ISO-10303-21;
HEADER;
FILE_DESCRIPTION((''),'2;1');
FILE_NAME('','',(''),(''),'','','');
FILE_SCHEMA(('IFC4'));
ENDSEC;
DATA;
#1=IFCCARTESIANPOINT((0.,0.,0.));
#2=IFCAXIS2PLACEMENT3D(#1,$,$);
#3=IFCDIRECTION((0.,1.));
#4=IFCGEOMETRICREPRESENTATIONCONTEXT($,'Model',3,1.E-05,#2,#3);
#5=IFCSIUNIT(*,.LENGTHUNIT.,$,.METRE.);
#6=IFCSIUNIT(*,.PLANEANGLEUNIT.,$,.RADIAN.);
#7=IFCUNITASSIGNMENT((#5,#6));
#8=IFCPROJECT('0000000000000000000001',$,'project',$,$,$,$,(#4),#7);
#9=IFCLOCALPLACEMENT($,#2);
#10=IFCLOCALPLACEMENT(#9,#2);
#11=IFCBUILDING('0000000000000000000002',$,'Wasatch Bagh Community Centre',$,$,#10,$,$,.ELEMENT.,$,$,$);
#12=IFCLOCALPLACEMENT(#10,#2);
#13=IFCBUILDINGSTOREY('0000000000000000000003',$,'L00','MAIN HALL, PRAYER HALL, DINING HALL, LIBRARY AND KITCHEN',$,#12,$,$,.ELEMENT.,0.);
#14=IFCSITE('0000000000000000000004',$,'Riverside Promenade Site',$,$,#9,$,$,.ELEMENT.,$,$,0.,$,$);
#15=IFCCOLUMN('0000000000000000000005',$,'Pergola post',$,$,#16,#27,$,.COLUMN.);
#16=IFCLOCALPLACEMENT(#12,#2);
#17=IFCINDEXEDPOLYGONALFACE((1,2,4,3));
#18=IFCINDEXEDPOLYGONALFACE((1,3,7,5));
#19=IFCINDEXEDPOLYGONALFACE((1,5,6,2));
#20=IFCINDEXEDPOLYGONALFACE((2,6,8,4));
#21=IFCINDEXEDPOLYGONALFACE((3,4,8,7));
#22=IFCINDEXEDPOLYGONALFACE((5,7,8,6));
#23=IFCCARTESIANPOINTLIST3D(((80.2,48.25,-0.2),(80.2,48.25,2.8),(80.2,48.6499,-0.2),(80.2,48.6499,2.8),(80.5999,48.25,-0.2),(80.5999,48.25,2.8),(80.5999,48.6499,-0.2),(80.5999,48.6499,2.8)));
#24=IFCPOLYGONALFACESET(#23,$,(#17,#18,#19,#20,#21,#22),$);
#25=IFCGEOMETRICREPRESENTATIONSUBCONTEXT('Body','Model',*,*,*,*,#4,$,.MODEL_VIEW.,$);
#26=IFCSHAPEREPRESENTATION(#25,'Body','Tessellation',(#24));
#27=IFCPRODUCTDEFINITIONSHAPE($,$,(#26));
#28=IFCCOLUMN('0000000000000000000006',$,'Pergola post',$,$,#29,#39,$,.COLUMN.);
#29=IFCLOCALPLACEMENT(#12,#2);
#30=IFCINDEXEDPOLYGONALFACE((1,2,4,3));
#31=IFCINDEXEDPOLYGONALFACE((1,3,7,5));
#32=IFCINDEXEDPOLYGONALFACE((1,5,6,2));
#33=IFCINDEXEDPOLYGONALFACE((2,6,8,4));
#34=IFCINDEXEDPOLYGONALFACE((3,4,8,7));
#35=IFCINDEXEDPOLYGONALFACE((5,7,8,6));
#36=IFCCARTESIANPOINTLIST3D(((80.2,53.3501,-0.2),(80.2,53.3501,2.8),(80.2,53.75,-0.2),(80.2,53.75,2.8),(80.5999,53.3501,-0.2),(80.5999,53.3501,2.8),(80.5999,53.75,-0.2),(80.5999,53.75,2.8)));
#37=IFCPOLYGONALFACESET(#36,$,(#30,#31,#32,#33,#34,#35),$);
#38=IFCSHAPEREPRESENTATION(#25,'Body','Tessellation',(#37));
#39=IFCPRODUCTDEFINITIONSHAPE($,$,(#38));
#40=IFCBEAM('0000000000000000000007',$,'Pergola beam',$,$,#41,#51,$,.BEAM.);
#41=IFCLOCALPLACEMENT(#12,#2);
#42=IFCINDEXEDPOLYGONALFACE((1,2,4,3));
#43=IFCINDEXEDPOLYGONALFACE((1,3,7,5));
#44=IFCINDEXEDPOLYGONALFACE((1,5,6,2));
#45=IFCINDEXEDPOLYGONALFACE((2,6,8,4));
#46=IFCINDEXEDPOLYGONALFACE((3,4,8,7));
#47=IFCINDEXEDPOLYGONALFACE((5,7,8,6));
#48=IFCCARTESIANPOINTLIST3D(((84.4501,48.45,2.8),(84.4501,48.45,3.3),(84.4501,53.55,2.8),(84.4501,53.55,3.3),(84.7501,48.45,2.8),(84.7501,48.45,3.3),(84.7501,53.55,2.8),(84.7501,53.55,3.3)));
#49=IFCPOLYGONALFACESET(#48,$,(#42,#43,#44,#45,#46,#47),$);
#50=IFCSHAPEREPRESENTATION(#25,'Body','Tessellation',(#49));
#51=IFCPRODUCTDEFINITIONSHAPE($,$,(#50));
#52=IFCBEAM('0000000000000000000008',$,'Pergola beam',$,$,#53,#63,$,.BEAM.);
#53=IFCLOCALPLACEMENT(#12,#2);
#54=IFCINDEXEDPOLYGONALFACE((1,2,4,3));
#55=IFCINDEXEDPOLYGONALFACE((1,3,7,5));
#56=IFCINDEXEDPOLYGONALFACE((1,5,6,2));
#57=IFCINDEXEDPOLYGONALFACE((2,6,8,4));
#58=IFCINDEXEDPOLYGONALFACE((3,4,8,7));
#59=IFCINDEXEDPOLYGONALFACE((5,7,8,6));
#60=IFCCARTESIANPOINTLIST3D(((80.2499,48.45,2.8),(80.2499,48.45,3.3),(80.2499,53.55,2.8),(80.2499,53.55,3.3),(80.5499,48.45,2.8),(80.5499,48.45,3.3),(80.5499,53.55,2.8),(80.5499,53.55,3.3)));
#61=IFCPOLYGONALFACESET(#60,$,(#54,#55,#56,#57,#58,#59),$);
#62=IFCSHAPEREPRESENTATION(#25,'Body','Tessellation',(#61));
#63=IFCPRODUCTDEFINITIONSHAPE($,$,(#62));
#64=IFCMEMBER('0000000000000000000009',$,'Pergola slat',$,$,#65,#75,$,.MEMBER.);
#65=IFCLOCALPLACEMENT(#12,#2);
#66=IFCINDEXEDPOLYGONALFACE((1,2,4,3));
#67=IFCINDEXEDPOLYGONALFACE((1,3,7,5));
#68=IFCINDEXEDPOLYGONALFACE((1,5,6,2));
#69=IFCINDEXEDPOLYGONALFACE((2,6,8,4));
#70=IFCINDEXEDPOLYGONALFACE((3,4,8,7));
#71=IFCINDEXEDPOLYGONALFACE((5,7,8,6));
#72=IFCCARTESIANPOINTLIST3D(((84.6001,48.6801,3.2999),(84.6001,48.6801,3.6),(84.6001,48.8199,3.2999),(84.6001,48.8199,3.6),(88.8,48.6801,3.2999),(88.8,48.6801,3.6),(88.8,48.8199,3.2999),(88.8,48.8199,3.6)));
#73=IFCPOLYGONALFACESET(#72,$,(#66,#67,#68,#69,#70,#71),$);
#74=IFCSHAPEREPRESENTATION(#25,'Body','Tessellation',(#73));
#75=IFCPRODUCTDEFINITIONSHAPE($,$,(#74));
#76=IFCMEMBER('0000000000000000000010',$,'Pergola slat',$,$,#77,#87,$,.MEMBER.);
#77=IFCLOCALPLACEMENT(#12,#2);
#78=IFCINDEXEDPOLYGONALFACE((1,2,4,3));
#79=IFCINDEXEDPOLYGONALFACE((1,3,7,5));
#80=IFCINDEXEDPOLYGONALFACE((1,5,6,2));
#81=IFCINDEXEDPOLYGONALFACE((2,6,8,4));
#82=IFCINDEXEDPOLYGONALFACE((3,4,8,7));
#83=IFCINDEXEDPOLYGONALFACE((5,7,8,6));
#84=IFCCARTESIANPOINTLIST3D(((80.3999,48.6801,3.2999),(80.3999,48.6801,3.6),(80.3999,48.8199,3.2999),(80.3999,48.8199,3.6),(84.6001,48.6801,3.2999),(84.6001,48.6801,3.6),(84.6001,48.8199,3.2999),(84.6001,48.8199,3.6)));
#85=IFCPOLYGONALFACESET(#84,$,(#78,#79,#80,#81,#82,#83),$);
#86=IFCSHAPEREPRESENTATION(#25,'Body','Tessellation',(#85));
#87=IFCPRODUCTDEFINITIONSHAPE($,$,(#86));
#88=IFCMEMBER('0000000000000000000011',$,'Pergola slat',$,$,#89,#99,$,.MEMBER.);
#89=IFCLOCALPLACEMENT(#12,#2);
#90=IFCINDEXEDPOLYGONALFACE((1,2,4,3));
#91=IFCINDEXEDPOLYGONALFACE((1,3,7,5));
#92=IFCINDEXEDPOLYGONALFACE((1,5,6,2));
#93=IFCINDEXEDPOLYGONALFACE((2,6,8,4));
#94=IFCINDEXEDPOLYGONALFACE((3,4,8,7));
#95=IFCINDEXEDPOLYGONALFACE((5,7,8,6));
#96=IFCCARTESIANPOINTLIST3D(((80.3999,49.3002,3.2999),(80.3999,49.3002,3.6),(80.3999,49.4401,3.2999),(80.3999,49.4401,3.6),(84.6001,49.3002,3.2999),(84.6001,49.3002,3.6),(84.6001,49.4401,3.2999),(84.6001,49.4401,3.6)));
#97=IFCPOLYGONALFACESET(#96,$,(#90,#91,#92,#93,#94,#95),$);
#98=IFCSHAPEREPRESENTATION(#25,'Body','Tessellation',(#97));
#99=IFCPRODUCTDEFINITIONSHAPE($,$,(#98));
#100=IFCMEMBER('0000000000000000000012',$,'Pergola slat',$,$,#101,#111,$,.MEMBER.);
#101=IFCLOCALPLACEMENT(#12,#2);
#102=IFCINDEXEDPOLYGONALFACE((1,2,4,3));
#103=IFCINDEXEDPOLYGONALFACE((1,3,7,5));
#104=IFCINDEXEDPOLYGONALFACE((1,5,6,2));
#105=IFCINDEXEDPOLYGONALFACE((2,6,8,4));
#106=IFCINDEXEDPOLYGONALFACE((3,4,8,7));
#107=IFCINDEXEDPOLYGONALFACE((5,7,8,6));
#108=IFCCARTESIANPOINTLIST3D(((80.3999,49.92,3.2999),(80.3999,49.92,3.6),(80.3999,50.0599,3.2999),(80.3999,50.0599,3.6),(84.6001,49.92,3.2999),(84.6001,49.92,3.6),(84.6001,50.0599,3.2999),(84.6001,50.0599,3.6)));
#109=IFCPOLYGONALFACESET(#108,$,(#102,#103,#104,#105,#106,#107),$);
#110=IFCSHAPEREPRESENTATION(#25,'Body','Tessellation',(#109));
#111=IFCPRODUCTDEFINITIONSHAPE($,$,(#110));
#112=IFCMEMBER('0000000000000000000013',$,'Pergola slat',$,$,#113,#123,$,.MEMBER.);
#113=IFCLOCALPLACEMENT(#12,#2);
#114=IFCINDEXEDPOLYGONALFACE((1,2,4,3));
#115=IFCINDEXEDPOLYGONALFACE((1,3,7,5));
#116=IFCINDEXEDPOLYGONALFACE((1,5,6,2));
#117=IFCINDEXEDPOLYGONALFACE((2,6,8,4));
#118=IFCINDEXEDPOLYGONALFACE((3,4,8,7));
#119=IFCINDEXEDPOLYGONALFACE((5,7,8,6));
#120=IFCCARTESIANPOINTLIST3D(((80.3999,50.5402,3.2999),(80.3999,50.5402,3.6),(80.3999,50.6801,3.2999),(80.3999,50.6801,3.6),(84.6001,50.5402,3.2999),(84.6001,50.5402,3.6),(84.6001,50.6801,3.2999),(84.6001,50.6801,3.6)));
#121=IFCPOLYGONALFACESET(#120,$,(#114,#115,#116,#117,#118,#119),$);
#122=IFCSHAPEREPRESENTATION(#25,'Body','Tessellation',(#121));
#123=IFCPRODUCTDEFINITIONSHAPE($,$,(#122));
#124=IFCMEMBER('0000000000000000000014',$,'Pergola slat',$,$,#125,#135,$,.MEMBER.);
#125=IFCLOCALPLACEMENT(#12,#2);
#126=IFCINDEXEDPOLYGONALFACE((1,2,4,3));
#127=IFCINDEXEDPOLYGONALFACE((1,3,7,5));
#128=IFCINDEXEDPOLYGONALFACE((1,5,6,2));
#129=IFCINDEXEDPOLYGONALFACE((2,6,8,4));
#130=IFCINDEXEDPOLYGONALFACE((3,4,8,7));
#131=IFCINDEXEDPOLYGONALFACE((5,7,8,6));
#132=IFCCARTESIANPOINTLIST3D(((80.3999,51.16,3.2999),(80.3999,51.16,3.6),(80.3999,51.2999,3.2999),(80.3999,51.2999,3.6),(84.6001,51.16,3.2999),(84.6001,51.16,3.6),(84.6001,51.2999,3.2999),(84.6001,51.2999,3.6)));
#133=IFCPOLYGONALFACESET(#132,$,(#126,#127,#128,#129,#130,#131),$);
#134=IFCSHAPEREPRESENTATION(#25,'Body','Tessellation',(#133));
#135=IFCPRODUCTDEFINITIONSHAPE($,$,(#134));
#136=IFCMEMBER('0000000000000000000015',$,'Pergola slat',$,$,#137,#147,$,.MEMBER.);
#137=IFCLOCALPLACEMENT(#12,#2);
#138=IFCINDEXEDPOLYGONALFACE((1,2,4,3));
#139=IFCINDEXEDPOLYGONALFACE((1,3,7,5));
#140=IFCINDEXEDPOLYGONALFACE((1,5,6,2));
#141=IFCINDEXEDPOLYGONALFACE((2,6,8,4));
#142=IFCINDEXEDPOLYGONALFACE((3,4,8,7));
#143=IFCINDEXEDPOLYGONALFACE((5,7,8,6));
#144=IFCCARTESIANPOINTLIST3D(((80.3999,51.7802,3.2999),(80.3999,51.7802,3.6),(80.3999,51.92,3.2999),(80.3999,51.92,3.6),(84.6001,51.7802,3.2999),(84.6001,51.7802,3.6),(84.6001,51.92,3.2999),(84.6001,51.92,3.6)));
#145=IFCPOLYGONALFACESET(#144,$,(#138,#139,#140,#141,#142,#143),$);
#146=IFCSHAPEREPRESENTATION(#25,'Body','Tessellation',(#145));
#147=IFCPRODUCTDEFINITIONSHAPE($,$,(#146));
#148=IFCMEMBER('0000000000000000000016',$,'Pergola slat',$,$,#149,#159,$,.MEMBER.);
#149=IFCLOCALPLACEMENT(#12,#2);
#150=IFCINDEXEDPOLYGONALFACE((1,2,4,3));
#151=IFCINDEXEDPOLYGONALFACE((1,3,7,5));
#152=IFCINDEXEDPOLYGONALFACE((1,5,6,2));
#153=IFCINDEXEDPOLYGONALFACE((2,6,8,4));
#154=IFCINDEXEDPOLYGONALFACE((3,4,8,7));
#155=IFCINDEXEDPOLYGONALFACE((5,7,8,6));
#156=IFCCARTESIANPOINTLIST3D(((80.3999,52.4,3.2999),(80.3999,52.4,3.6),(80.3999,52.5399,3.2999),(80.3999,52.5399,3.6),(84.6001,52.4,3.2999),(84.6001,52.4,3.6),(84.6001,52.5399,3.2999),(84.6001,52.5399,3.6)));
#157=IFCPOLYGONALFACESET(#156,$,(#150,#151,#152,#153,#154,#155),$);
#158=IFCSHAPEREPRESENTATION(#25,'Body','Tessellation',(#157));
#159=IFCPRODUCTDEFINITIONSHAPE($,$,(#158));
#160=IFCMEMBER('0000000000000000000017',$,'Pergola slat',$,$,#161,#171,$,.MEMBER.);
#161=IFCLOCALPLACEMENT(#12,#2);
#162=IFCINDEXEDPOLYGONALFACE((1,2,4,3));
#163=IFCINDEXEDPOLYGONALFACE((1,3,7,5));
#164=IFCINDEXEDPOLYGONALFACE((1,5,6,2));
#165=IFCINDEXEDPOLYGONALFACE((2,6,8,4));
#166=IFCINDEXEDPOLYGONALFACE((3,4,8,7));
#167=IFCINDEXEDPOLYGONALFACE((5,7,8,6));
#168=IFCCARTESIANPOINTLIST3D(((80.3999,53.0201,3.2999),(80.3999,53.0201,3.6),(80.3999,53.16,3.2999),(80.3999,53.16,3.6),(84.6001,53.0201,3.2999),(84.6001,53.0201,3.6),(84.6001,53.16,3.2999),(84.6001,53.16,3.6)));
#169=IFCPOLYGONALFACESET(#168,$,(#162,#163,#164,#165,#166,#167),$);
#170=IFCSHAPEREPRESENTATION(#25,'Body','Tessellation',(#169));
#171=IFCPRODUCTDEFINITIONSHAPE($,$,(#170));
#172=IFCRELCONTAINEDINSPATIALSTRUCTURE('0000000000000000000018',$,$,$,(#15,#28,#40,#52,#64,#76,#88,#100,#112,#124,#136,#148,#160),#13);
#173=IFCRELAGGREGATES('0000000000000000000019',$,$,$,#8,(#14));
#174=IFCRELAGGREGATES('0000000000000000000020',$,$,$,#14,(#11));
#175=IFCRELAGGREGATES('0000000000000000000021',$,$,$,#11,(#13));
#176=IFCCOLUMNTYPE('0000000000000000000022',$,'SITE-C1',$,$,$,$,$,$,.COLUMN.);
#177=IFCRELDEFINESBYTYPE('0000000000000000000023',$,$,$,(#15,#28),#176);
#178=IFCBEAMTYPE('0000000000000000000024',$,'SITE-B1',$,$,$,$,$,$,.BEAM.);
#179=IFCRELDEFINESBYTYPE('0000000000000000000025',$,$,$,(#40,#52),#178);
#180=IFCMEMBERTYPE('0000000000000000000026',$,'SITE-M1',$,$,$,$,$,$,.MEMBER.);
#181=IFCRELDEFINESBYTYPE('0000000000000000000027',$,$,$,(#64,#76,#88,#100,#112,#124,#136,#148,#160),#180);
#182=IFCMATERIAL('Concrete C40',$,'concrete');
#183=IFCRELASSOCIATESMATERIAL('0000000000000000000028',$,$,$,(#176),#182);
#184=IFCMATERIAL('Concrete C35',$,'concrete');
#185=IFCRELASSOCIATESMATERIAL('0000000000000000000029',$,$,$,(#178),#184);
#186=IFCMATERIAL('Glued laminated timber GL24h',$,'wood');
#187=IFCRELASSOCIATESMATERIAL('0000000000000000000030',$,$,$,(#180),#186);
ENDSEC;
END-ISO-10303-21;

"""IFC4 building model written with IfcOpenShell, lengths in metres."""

from ifc_helpers import new_model, si_unit, direction, frame, origin, origin_2d, place, context, subcontext, project, spatial, rectangle, extrude, material, material_profile, profile_set, type_object, element, save


model = new_model("IFC4")

# Units and contexts
model_context = context("Model", 3, precision=1e-05, world=origin(), true_north=direction((0.0, 1.0)))
body_context = subcontext(model_context, "Body", "Model", "MODEL_VIEW")
ifc_project = project(units=[si_unit("LENGTHUNIT", "METRE"), si_unit("PLANEANGLEUNIT", "RADIAN")], contexts=[model_context])

# Site, building, storey
site_placement = place(None, origin())
site = spatial("IfcSite", under=ifc_project, at=site_placement, Name="Riverside Promenade Site", CompositionType="ELEMENT", RefElevation=0.0)
building_placement = place(site_placement, origin())
building = spatial("IfcBuilding", under=site, at=building_placement, Name="Wasatch Bagh Community Centre", CompositionType="ELEMENT")
storey_placement = place(building_placement, origin())
storey = spatial("IfcBuildingStorey", under=building, at=storey_placement, Name="L00", Description="MAIN HALL, PRAYER HALL, DINING HALL, LIBRARY AND KITCHEN", CompositionType="ELEMENT", Elevation=0.0)

# Shared definitions
ifc_material_1 = material(Name="Concrete C35", Category="concrete")

# Columns
ifc_material_2 = material(Name="Concrete C40", Category="concrete")
ifc_material_profile_1 = material_profile(ifc_material_2, rectangle(XDim=0.3999, YDim=0.3999, at=origin_2d()), Name="RC 400x400")
ifc_profile_set_1 = profile_set([ifc_material_profile_1], Name="Concrete C40")
column_type = type_object("IfcColumnType", Name="SITE-C1", PredefinedType="COLUMN", material=ifc_profile_set_1)
for number, where, z_axis, x_axis, name in (
    (1, (80.3999, 48.45, -0.2), (0.0, 0.0, 1.0), (1.0, 0.0, 0.0), "Pergola post"),
    (2, (80.3999, 53.55, -0.2), (0.0, 0.0, 1.0), (1.0, 0.0, 0.0), "Pergola post"),
):
    element("IfcColumn", number, at=place(storey_placement, frame(where, z_axis=z_axis, x_axis=x_axis)), inside=storey, type_object=column_type, Name=name, PredefinedType="COLUMN", context=body_context, shape_type="SweptSolid", body=[
        extrude(rectangle(XDim=0.3999, YDim=0.3999, at=origin_2d()), origin(), (0.0, 0.0, 1.0), 3.0),
    ])

# Beams
ifc_material_profile_2 = material_profile(ifc_material_1, rectangle(XDim=0.3, YDim=0.5, at=origin_2d()), Name="RC 300x500")
ifc_profile_set_2 = profile_set([ifc_material_profile_2], Name="Concrete C35")
beam_type = type_object("IfcBeamType", Name="SITE-B1", PredefinedType="BEAM", material=ifc_profile_set_2)
for number, where, z_axis, x_axis, name in (
    (3, (84.6001, 48.45, 3.05), (0.0, 1.0, 0.0), (-1.0, 0.0, 0.0), "Pergola beam"),
    (4, (80.3999, 48.45, 3.05), (0.0, 1.0, 0.0), (-1.0, 0.0, 0.0), "Pergola beam"),
):
    element("IfcBeam", number, at=place(storey_placement, frame(where, z_axis=z_axis, x_axis=x_axis)), inside=storey, type_object=beam_type, Name=name, PredefinedType="BEAM", context=body_context, shape_type="SweptSolid", body=[
        extrude(rectangle(XDim=0.3, YDim=0.5, at=origin_2d()), origin(), (0.0, 0.0, 1.0), 5.1001),
    ])

# Members
ifc_material_3 = material(Name="Glued laminated timber GL24h", Category="wood")
ifc_material_profile_3 = material_profile(ifc_material_3, rectangle(XDim=0.1399, YDim=0.3, at=origin_2d()), Name="GL 140x300")
ifc_profile_set_3 = profile_set([ifc_material_profile_3], Name="Glued laminated timber GL24h")
member_type = type_object("IfcMemberType", Name="SITE-M1", PredefinedType="MEMBER", material=ifc_profile_set_3)
member_placement = place(storey_placement, frame((84.6001, 48.75, 3.45), z_axis=(1.0, 0.0, 0.0), x_axis=(0.0, 1.0, 0.0)))
element("IfcMember", 5, at=member_placement, inside=storey, type_object=member_type, Name="Pergola slat", PredefinedType="MEMBER", context=body_context, shape_type="SweptSolid", body=[
    extrude(rectangle(XDim=0.1399, YDim=0.3, at=origin_2d()), origin(), (0.0, 0.0, 1.0), 4.2),
])
for number, where, z_axis, x_axis, name in (
    (6, (80.3999, 48.75, 3.45), (1.0, 0.0, 0.0), (0.0, 1.0, 0.0), "Pergola slat"),
    (7, (80.3999, 49.3701, 3.45), (1.0, 0.0, 0.0), (0.0, 1.0, 0.0), "Pergola slat"),
    (8, (80.3999, 49.99, 3.45), (1.0, 0.0, 0.0), (0.0, 1.0, 0.0), "Pergola slat"),
    (9, (80.3999, 50.6101, 3.45), (1.0, 0.0, 0.0), (0.0, 1.0, 0.0), "Pergola slat"),
    (10, (80.3999, 51.23, 3.45), (1.0, 0.0, 0.0), (0.0, 1.0, 0.0), "Pergola slat"),
    (11, (80.3999, 51.8501, 3.45), (1.0, 0.0, 0.0), (0.0, 1.0, 0.0), "Pergola slat"),
    (12, (80.3999, 52.47, 3.45), (1.0, 0.0, 0.0), (0.0, 1.0, 0.0), "Pergola slat"),
    (13, (80.3999, 53.0901, 3.45), (1.0, 0.0, 0.0), (0.0, 1.0, 0.0), "Pergola slat"),
):
    element("IfcMember", number, at=place(storey_placement, frame(where, z_axis=z_axis, x_axis=x_axis)), inside=storey, type_object=member_type, Name=name, PredefinedType="MEMBER", context=body_context, shape_type="SweptSolid", body=[
        extrude(rectangle(XDim=0.1399, YDim=0.3, at=origin_2d()), origin(), (0.0, 0.0, 1.0), 4.2002),
    ])

save(model, "model.ifc")
